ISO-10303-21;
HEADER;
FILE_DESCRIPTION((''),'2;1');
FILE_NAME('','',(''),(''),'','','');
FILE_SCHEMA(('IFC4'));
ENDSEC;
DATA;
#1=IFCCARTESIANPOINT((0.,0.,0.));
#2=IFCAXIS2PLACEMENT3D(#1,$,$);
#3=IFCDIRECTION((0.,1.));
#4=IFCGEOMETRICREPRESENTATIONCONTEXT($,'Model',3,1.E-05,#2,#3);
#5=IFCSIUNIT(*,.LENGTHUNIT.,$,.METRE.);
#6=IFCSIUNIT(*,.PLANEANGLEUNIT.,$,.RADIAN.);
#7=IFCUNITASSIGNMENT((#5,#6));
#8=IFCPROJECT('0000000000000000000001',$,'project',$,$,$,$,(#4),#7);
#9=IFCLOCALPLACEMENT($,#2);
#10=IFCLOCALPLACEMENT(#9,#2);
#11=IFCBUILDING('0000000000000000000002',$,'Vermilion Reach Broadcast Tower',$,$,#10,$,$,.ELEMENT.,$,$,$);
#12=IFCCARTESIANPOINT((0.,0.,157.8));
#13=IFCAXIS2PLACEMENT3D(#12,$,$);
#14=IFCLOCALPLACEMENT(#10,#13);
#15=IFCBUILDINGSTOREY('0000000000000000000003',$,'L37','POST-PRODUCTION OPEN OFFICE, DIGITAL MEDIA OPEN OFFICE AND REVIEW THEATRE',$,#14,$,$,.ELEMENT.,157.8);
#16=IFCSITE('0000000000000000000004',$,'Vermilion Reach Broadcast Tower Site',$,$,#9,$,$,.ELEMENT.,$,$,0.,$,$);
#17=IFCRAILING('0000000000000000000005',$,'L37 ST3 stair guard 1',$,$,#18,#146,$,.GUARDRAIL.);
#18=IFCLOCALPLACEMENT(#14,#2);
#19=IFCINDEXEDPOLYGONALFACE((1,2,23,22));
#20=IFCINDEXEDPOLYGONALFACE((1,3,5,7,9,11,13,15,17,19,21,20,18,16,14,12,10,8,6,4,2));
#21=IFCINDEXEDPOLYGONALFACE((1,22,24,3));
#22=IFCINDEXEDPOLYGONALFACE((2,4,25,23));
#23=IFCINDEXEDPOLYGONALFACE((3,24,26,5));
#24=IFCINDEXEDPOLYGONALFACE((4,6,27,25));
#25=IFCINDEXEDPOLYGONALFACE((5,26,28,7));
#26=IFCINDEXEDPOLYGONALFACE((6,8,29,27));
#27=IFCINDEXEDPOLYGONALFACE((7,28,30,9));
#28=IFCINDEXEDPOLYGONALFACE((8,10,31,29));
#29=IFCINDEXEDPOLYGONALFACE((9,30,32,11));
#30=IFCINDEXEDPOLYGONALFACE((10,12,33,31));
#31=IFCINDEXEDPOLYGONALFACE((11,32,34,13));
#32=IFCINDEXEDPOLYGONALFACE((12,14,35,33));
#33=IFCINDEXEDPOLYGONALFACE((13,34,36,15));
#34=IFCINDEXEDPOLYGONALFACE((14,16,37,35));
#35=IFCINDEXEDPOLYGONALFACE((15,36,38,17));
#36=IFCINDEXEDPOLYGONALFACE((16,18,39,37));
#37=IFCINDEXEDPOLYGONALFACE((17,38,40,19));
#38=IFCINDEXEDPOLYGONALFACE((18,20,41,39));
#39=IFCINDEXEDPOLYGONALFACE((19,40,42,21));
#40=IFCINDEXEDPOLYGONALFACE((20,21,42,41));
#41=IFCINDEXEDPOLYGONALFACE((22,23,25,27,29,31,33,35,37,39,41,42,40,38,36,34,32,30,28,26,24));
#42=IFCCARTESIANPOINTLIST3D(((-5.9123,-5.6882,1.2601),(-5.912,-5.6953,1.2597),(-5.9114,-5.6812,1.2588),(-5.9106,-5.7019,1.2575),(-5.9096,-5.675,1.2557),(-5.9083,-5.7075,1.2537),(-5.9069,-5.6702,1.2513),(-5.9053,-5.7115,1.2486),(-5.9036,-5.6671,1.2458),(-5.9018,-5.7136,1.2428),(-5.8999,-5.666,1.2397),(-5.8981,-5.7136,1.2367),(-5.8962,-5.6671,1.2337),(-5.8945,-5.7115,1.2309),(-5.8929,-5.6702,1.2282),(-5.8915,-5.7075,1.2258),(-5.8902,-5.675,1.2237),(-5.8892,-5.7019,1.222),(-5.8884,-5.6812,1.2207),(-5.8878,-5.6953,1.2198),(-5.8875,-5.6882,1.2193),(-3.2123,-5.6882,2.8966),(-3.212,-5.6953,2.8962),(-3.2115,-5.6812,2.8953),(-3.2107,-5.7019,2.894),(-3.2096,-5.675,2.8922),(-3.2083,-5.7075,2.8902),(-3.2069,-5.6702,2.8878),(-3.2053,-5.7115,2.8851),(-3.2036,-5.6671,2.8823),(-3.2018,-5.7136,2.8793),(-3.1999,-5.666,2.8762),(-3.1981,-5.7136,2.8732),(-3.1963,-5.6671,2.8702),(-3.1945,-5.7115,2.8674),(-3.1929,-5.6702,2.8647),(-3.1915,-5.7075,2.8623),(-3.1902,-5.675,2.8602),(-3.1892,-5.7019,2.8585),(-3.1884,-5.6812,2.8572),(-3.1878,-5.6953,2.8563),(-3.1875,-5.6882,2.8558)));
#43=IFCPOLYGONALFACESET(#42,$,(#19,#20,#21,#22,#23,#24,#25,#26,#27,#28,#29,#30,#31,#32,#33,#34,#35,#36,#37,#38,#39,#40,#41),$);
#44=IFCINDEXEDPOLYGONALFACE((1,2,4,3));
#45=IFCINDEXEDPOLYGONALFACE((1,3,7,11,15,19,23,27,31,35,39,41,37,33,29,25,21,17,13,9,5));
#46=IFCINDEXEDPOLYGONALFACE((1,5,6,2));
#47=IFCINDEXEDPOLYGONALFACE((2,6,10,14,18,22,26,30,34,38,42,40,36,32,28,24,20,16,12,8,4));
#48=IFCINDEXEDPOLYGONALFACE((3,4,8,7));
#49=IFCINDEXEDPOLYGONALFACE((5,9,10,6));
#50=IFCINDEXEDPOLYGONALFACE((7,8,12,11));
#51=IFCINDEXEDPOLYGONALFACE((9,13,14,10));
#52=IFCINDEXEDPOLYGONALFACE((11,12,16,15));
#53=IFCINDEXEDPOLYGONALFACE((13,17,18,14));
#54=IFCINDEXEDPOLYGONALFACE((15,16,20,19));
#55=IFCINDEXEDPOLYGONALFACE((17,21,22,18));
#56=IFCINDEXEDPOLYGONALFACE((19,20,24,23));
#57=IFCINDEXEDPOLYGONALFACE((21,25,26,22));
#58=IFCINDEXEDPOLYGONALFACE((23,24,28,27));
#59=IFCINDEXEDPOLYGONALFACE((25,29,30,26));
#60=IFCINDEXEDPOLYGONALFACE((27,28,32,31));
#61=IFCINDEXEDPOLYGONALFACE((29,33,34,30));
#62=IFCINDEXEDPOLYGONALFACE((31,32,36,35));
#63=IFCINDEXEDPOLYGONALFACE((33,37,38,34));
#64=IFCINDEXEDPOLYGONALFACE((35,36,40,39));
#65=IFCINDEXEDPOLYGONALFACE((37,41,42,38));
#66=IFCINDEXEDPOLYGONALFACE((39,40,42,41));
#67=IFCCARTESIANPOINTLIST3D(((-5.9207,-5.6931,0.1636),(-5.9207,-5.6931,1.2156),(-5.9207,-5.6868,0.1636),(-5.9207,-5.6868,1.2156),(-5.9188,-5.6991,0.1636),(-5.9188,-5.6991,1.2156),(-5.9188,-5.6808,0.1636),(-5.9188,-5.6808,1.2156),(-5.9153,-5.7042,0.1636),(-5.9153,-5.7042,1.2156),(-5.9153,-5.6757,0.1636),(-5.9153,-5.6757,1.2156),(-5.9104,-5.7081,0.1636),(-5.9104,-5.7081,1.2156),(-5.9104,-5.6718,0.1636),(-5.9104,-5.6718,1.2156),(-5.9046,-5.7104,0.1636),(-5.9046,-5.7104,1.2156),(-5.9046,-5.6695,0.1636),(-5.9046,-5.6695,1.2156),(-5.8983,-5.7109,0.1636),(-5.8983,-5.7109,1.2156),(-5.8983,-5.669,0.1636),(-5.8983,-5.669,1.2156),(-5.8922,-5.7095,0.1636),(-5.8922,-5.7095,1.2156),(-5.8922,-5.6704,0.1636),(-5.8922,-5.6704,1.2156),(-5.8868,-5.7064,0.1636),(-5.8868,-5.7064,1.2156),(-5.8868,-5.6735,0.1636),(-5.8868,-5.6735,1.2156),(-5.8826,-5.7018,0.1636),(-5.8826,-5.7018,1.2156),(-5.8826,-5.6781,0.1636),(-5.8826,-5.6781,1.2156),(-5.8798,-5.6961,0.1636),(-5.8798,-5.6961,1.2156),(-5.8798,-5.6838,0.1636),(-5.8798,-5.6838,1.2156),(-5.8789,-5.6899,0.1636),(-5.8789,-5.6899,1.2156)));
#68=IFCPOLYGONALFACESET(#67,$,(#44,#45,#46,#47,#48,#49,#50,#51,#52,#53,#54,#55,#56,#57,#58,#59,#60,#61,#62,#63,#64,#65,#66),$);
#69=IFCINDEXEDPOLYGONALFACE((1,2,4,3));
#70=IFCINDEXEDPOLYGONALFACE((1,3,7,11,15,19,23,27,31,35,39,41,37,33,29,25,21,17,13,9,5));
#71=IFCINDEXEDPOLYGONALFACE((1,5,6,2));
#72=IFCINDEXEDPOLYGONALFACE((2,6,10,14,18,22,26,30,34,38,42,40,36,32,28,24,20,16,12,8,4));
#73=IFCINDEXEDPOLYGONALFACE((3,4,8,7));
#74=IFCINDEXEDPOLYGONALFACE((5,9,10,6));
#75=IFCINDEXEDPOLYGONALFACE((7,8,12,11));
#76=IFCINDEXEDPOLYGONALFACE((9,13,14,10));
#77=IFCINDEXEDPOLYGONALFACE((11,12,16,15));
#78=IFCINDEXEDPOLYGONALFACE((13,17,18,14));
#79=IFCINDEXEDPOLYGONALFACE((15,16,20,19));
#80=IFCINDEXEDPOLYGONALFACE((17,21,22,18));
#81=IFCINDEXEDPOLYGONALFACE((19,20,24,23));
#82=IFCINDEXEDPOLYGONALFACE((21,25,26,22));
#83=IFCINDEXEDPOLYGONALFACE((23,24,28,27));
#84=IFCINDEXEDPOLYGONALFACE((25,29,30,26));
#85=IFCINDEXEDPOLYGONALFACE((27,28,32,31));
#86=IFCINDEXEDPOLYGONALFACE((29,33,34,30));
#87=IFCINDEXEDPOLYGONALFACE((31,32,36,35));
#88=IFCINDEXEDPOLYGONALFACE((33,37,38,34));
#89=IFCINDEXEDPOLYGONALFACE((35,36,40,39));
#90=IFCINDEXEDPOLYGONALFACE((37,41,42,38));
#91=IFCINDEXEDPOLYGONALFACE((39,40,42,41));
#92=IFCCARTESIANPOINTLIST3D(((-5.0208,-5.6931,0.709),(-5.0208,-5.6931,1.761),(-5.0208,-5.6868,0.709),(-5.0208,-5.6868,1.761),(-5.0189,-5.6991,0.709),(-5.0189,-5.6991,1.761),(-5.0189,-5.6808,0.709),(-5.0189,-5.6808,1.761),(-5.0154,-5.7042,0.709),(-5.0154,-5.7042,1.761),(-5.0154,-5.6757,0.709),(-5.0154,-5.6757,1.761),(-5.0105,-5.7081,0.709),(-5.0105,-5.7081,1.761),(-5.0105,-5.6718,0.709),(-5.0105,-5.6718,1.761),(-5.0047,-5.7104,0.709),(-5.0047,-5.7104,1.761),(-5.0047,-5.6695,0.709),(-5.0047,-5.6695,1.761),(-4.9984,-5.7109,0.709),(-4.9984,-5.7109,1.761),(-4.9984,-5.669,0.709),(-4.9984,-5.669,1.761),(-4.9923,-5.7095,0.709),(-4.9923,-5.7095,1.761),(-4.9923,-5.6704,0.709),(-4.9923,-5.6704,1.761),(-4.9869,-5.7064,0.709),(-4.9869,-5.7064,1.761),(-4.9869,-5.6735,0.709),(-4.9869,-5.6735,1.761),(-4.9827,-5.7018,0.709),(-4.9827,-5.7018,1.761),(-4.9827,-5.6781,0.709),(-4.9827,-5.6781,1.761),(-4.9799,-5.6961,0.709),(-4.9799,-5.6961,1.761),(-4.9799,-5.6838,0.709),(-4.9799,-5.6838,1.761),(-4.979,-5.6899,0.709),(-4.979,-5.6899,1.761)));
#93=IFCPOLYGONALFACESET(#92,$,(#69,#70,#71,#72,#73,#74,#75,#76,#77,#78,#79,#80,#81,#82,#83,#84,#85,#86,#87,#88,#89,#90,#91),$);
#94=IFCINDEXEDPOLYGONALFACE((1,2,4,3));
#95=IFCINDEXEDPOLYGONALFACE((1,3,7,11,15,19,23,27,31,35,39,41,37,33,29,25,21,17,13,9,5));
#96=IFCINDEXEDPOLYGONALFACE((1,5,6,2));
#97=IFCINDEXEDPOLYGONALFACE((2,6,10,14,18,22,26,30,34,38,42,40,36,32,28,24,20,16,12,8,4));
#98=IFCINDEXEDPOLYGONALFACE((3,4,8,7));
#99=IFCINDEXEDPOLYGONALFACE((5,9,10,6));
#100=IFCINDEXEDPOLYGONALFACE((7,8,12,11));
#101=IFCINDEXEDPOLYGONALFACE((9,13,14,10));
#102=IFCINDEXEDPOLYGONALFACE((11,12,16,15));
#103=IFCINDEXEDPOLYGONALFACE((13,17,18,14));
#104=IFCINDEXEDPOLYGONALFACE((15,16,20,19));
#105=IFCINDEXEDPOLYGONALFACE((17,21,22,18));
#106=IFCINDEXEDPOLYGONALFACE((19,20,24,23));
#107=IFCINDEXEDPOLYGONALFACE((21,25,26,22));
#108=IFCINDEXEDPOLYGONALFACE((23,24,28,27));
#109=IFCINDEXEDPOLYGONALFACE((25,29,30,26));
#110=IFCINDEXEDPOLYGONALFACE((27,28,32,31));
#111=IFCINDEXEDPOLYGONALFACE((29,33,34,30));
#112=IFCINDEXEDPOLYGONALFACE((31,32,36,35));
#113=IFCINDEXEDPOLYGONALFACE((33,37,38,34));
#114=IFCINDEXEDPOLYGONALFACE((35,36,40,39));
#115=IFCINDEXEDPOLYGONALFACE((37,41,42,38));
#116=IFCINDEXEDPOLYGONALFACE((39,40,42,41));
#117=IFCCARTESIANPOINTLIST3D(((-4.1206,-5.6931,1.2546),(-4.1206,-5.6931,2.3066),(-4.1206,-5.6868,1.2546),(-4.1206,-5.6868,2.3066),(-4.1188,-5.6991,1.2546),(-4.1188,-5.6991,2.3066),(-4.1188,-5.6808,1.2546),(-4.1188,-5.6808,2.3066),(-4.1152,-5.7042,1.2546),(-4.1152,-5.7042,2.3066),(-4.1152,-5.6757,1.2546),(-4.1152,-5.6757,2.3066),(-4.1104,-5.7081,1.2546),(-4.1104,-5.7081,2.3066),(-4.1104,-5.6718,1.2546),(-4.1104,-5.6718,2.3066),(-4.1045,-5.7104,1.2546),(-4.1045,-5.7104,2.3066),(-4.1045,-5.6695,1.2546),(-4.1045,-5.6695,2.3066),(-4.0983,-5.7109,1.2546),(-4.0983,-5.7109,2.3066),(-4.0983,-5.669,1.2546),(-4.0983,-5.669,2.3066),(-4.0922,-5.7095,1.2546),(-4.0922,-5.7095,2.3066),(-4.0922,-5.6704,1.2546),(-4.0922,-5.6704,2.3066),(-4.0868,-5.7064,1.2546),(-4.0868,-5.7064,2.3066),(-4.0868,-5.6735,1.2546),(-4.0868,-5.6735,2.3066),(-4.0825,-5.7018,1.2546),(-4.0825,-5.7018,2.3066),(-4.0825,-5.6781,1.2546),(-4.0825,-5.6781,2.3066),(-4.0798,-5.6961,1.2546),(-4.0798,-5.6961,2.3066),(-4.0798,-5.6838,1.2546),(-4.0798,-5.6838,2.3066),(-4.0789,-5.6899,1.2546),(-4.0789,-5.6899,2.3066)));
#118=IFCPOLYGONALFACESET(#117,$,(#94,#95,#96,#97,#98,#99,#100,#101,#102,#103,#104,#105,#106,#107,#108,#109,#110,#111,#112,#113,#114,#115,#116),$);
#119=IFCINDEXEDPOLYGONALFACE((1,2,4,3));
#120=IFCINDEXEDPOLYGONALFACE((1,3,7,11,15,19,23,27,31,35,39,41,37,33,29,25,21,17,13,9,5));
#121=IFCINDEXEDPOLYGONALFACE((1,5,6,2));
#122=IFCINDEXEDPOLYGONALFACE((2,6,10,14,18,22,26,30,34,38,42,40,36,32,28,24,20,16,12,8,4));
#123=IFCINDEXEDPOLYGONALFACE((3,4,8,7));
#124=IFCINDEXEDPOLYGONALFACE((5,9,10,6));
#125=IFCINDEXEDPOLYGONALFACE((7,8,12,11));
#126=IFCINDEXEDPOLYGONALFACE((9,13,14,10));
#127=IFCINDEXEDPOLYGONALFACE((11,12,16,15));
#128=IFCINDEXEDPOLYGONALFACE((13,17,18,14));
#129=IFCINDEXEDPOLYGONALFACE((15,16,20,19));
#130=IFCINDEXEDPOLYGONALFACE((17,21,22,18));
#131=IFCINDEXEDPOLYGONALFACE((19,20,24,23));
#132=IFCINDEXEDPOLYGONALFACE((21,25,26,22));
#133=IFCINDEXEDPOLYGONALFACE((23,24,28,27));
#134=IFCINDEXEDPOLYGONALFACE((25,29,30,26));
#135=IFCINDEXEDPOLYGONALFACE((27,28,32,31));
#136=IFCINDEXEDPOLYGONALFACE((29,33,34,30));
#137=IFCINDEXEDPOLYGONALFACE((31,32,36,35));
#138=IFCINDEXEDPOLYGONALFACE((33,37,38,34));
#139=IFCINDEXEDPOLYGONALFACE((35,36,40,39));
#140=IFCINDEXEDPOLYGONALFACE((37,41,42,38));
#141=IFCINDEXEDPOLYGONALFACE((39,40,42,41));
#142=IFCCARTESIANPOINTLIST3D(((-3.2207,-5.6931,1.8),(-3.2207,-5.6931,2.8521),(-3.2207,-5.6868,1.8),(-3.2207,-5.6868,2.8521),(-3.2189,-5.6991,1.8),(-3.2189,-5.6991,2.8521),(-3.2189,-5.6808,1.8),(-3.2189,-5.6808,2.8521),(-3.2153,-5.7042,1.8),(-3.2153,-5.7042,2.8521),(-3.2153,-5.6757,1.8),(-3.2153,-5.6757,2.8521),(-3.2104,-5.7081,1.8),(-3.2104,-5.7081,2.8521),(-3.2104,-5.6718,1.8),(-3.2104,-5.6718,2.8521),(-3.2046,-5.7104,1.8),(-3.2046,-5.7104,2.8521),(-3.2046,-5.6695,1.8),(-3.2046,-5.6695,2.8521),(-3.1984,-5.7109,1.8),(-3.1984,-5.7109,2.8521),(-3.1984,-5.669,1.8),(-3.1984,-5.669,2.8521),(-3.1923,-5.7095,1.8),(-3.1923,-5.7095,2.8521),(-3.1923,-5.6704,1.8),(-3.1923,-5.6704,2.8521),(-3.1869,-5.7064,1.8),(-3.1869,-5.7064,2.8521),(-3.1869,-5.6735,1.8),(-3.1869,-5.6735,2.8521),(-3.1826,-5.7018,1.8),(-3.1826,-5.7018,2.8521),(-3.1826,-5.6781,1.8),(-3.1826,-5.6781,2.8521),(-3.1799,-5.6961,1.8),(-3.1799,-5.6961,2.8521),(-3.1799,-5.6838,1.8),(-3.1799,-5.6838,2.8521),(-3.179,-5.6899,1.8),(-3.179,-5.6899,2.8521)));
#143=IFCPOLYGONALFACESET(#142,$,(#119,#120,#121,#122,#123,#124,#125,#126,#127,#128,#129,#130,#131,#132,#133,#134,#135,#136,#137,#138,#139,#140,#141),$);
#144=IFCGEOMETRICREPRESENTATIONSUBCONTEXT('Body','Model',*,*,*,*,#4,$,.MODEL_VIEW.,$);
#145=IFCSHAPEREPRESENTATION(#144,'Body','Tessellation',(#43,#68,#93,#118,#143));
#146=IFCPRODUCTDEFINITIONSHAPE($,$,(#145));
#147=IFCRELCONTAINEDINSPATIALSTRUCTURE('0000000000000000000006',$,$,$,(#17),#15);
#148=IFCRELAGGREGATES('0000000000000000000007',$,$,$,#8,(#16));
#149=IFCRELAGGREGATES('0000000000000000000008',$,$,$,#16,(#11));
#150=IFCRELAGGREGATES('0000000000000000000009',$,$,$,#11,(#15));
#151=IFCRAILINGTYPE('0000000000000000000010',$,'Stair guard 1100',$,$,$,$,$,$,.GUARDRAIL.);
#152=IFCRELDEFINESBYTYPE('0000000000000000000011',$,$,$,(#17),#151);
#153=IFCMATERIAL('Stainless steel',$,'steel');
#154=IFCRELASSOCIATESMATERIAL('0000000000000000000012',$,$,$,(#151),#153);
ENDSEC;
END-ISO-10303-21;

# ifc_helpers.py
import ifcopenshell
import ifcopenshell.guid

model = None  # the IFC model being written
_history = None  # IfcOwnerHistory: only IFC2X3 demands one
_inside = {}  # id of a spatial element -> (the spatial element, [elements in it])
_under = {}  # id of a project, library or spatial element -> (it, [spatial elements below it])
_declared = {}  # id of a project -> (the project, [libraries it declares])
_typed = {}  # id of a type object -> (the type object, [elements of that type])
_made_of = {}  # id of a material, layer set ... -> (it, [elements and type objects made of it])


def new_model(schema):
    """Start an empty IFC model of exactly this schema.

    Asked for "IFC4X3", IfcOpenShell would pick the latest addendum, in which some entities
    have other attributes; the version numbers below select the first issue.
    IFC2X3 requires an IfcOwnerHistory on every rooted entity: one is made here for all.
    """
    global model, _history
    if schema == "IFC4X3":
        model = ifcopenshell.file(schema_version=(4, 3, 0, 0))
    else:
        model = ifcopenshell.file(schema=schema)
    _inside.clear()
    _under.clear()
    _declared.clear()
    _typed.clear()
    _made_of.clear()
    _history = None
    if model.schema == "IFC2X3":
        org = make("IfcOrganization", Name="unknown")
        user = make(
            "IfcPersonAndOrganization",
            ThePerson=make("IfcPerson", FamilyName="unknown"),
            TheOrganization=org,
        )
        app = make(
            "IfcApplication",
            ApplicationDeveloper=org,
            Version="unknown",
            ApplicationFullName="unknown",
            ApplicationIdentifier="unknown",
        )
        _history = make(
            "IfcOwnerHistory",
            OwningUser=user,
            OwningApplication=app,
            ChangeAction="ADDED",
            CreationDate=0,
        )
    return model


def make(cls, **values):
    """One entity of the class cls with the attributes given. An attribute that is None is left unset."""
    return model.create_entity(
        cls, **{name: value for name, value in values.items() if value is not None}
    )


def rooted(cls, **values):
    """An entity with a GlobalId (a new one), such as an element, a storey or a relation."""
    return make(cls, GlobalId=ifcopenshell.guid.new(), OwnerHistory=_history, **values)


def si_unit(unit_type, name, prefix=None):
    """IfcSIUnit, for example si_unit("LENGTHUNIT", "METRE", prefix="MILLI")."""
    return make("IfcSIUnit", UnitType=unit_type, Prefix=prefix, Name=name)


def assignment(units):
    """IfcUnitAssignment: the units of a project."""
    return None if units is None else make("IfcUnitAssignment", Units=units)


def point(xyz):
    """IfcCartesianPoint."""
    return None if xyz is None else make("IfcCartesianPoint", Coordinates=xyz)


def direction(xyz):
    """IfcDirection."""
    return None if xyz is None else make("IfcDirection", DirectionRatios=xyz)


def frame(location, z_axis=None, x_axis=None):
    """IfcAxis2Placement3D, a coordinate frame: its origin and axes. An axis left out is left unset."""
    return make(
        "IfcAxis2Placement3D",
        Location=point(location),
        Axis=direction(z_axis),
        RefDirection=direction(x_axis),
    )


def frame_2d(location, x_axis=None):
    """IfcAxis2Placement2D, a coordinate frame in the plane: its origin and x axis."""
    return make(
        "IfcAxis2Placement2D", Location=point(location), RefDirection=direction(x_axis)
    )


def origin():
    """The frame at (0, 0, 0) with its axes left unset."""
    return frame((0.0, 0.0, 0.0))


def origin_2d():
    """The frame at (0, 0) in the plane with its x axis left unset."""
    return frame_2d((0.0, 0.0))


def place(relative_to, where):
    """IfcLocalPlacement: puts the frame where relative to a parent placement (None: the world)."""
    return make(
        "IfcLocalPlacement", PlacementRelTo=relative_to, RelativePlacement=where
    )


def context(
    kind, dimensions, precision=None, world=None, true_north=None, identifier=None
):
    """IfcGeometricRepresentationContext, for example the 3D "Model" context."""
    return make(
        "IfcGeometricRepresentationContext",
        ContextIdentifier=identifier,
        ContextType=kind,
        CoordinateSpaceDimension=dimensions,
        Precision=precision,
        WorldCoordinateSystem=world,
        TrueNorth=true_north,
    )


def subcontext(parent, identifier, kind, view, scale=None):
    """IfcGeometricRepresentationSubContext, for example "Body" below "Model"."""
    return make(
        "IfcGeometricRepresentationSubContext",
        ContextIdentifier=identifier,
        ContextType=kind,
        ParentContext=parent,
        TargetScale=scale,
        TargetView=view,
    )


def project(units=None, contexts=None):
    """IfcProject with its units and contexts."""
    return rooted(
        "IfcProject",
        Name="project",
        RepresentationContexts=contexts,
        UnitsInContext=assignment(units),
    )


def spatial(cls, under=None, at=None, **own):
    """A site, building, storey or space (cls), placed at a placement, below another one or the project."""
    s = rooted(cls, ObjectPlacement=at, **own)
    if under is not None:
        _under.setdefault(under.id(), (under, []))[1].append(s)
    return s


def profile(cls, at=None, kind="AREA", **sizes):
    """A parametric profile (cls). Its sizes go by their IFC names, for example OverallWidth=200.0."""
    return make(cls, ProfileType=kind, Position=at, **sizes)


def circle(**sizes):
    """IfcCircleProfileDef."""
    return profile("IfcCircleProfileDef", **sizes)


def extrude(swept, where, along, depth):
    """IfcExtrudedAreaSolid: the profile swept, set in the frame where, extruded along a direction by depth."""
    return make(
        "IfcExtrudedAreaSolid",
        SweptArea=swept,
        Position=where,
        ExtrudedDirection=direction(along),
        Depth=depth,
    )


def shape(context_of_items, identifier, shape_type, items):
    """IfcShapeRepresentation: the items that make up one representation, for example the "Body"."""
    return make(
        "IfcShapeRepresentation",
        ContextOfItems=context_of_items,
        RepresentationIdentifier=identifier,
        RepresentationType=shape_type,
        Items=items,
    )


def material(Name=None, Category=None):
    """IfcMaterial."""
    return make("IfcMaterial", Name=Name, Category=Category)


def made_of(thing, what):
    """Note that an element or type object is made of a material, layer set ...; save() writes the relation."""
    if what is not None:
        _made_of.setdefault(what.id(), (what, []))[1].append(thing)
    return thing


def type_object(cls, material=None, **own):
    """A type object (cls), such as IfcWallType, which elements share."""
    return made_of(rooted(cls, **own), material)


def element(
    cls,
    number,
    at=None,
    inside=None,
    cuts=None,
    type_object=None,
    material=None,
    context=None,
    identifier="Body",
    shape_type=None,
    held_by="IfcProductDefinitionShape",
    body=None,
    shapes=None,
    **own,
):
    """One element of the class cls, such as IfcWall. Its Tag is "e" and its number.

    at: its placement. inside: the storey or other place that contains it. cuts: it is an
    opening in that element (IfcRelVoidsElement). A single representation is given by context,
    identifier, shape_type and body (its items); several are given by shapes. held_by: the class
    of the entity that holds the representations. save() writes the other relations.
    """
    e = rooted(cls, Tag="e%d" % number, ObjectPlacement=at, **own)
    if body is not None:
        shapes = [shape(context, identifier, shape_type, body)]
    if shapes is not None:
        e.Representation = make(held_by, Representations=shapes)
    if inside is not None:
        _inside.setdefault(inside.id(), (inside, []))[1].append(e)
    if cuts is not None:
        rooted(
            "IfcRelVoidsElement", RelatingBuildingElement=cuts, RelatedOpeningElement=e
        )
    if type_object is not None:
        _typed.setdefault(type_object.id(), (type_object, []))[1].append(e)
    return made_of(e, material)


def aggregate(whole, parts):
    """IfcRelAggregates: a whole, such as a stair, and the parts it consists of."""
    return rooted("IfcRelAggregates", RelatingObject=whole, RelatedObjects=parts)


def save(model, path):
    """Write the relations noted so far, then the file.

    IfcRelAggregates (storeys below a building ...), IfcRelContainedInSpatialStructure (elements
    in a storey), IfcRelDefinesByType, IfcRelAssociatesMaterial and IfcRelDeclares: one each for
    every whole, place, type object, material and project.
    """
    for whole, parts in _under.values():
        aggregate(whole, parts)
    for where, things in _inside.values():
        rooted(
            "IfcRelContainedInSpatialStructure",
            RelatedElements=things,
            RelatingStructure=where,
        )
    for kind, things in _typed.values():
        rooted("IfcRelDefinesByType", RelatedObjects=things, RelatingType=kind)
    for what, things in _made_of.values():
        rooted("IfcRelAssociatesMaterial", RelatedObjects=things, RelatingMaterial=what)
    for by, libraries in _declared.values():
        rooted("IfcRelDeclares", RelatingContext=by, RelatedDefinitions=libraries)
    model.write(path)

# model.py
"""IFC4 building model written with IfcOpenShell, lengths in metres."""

from ifc_helpers import new_model, si_unit, direction, frame, origin, origin_2d, place, context, subcontext, project, spatial, circle, extrude, material, type_object, element, save


model = new_model("IFC4")

# Units and contexts
model_context = context("Model", 3, precision=1e-05, world=origin(), true_north=direction((0.0, 1.0)))
body_context = subcontext(model_context, "Body", "Model", "MODEL_VIEW")
ifc_project = project(units=[si_unit("LENGTHUNIT", "METRE"), si_unit("PLANEANGLEUNIT", "RADIAN")], contexts=[model_context])

# Site, building, storey
site_placement = place(None, origin())
site = spatial("IfcSite", under=ifc_project, at=site_placement, Name="Vermilion Reach Broadcast Tower Site", CompositionType="ELEMENT", RefElevation=0.0)
building_placement = place(site_placement, origin())
building = spatial("IfcBuilding", under=site, at=building_placement, Name="Vermilion Reach Broadcast Tower", CompositionType="ELEMENT")
storey_placement = place(building_placement, frame((0.0, 0.0, 157.8)))
storey = spatial("IfcBuildingStorey", under=building, at=storey_placement, Name="L37", Description="POST-PRODUCTION OPEN OFFICE, DIGITAL MEDIA OPEN OFFICE AND REVIEW THEATRE", CompositionType="ELEMENT", Elevation=157.8)

# Railing
ifc_material_1 = material(Name="Stainless steel", Category="steel")
railing_type_1 = type_object("IfcRailingType", Name="Stair guard 1100", PredefinedType="GUARDRAIL", material=ifc_material_1)
railing_1_placement = place(storey_placement, frame((-5.8999, -5.6899, 0.1636)))
element("IfcRailing", 1, at=railing_1_placement, inside=storey, type_object=railing_type_1, Name="L37 ST3 stair guard 1", PredefinedType="GUARDRAIL", context=body_context, shape_type="SweptSolid", body=[
    extrude(circle(Radius=0.0239, at=origin_2d()), frame((0.0, 0.0, 1.0762), z_axis=(0.855178, 0.0, 0.518334), x_axis=(0.0, 1.0, 0.0)), (0.0, 0.0, 1.0), 3.1572),
    extrude(circle(Radius=0.021, at=origin_2d()), origin(), (0.0, 0.0, 1.0), 1.052),
    extrude(circle(Radius=0.021, at=origin_2d()), frame((0.8999, 0.0, 0.5454)), (0.0, 0.0, 1.0), 1.052),
    extrude(circle(Radius=0.021, at=origin_2d()), frame((1.8, 0.0, 1.0911)), (0.0, 0.0, 1.0), 1.052),
    extrude(circle(Radius=0.021, at=origin_2d()), frame((2.7, 0.0, 1.6365)), (0.0, 0.0, 1.0), 1.052),
])

save(model, "model.ifc")
